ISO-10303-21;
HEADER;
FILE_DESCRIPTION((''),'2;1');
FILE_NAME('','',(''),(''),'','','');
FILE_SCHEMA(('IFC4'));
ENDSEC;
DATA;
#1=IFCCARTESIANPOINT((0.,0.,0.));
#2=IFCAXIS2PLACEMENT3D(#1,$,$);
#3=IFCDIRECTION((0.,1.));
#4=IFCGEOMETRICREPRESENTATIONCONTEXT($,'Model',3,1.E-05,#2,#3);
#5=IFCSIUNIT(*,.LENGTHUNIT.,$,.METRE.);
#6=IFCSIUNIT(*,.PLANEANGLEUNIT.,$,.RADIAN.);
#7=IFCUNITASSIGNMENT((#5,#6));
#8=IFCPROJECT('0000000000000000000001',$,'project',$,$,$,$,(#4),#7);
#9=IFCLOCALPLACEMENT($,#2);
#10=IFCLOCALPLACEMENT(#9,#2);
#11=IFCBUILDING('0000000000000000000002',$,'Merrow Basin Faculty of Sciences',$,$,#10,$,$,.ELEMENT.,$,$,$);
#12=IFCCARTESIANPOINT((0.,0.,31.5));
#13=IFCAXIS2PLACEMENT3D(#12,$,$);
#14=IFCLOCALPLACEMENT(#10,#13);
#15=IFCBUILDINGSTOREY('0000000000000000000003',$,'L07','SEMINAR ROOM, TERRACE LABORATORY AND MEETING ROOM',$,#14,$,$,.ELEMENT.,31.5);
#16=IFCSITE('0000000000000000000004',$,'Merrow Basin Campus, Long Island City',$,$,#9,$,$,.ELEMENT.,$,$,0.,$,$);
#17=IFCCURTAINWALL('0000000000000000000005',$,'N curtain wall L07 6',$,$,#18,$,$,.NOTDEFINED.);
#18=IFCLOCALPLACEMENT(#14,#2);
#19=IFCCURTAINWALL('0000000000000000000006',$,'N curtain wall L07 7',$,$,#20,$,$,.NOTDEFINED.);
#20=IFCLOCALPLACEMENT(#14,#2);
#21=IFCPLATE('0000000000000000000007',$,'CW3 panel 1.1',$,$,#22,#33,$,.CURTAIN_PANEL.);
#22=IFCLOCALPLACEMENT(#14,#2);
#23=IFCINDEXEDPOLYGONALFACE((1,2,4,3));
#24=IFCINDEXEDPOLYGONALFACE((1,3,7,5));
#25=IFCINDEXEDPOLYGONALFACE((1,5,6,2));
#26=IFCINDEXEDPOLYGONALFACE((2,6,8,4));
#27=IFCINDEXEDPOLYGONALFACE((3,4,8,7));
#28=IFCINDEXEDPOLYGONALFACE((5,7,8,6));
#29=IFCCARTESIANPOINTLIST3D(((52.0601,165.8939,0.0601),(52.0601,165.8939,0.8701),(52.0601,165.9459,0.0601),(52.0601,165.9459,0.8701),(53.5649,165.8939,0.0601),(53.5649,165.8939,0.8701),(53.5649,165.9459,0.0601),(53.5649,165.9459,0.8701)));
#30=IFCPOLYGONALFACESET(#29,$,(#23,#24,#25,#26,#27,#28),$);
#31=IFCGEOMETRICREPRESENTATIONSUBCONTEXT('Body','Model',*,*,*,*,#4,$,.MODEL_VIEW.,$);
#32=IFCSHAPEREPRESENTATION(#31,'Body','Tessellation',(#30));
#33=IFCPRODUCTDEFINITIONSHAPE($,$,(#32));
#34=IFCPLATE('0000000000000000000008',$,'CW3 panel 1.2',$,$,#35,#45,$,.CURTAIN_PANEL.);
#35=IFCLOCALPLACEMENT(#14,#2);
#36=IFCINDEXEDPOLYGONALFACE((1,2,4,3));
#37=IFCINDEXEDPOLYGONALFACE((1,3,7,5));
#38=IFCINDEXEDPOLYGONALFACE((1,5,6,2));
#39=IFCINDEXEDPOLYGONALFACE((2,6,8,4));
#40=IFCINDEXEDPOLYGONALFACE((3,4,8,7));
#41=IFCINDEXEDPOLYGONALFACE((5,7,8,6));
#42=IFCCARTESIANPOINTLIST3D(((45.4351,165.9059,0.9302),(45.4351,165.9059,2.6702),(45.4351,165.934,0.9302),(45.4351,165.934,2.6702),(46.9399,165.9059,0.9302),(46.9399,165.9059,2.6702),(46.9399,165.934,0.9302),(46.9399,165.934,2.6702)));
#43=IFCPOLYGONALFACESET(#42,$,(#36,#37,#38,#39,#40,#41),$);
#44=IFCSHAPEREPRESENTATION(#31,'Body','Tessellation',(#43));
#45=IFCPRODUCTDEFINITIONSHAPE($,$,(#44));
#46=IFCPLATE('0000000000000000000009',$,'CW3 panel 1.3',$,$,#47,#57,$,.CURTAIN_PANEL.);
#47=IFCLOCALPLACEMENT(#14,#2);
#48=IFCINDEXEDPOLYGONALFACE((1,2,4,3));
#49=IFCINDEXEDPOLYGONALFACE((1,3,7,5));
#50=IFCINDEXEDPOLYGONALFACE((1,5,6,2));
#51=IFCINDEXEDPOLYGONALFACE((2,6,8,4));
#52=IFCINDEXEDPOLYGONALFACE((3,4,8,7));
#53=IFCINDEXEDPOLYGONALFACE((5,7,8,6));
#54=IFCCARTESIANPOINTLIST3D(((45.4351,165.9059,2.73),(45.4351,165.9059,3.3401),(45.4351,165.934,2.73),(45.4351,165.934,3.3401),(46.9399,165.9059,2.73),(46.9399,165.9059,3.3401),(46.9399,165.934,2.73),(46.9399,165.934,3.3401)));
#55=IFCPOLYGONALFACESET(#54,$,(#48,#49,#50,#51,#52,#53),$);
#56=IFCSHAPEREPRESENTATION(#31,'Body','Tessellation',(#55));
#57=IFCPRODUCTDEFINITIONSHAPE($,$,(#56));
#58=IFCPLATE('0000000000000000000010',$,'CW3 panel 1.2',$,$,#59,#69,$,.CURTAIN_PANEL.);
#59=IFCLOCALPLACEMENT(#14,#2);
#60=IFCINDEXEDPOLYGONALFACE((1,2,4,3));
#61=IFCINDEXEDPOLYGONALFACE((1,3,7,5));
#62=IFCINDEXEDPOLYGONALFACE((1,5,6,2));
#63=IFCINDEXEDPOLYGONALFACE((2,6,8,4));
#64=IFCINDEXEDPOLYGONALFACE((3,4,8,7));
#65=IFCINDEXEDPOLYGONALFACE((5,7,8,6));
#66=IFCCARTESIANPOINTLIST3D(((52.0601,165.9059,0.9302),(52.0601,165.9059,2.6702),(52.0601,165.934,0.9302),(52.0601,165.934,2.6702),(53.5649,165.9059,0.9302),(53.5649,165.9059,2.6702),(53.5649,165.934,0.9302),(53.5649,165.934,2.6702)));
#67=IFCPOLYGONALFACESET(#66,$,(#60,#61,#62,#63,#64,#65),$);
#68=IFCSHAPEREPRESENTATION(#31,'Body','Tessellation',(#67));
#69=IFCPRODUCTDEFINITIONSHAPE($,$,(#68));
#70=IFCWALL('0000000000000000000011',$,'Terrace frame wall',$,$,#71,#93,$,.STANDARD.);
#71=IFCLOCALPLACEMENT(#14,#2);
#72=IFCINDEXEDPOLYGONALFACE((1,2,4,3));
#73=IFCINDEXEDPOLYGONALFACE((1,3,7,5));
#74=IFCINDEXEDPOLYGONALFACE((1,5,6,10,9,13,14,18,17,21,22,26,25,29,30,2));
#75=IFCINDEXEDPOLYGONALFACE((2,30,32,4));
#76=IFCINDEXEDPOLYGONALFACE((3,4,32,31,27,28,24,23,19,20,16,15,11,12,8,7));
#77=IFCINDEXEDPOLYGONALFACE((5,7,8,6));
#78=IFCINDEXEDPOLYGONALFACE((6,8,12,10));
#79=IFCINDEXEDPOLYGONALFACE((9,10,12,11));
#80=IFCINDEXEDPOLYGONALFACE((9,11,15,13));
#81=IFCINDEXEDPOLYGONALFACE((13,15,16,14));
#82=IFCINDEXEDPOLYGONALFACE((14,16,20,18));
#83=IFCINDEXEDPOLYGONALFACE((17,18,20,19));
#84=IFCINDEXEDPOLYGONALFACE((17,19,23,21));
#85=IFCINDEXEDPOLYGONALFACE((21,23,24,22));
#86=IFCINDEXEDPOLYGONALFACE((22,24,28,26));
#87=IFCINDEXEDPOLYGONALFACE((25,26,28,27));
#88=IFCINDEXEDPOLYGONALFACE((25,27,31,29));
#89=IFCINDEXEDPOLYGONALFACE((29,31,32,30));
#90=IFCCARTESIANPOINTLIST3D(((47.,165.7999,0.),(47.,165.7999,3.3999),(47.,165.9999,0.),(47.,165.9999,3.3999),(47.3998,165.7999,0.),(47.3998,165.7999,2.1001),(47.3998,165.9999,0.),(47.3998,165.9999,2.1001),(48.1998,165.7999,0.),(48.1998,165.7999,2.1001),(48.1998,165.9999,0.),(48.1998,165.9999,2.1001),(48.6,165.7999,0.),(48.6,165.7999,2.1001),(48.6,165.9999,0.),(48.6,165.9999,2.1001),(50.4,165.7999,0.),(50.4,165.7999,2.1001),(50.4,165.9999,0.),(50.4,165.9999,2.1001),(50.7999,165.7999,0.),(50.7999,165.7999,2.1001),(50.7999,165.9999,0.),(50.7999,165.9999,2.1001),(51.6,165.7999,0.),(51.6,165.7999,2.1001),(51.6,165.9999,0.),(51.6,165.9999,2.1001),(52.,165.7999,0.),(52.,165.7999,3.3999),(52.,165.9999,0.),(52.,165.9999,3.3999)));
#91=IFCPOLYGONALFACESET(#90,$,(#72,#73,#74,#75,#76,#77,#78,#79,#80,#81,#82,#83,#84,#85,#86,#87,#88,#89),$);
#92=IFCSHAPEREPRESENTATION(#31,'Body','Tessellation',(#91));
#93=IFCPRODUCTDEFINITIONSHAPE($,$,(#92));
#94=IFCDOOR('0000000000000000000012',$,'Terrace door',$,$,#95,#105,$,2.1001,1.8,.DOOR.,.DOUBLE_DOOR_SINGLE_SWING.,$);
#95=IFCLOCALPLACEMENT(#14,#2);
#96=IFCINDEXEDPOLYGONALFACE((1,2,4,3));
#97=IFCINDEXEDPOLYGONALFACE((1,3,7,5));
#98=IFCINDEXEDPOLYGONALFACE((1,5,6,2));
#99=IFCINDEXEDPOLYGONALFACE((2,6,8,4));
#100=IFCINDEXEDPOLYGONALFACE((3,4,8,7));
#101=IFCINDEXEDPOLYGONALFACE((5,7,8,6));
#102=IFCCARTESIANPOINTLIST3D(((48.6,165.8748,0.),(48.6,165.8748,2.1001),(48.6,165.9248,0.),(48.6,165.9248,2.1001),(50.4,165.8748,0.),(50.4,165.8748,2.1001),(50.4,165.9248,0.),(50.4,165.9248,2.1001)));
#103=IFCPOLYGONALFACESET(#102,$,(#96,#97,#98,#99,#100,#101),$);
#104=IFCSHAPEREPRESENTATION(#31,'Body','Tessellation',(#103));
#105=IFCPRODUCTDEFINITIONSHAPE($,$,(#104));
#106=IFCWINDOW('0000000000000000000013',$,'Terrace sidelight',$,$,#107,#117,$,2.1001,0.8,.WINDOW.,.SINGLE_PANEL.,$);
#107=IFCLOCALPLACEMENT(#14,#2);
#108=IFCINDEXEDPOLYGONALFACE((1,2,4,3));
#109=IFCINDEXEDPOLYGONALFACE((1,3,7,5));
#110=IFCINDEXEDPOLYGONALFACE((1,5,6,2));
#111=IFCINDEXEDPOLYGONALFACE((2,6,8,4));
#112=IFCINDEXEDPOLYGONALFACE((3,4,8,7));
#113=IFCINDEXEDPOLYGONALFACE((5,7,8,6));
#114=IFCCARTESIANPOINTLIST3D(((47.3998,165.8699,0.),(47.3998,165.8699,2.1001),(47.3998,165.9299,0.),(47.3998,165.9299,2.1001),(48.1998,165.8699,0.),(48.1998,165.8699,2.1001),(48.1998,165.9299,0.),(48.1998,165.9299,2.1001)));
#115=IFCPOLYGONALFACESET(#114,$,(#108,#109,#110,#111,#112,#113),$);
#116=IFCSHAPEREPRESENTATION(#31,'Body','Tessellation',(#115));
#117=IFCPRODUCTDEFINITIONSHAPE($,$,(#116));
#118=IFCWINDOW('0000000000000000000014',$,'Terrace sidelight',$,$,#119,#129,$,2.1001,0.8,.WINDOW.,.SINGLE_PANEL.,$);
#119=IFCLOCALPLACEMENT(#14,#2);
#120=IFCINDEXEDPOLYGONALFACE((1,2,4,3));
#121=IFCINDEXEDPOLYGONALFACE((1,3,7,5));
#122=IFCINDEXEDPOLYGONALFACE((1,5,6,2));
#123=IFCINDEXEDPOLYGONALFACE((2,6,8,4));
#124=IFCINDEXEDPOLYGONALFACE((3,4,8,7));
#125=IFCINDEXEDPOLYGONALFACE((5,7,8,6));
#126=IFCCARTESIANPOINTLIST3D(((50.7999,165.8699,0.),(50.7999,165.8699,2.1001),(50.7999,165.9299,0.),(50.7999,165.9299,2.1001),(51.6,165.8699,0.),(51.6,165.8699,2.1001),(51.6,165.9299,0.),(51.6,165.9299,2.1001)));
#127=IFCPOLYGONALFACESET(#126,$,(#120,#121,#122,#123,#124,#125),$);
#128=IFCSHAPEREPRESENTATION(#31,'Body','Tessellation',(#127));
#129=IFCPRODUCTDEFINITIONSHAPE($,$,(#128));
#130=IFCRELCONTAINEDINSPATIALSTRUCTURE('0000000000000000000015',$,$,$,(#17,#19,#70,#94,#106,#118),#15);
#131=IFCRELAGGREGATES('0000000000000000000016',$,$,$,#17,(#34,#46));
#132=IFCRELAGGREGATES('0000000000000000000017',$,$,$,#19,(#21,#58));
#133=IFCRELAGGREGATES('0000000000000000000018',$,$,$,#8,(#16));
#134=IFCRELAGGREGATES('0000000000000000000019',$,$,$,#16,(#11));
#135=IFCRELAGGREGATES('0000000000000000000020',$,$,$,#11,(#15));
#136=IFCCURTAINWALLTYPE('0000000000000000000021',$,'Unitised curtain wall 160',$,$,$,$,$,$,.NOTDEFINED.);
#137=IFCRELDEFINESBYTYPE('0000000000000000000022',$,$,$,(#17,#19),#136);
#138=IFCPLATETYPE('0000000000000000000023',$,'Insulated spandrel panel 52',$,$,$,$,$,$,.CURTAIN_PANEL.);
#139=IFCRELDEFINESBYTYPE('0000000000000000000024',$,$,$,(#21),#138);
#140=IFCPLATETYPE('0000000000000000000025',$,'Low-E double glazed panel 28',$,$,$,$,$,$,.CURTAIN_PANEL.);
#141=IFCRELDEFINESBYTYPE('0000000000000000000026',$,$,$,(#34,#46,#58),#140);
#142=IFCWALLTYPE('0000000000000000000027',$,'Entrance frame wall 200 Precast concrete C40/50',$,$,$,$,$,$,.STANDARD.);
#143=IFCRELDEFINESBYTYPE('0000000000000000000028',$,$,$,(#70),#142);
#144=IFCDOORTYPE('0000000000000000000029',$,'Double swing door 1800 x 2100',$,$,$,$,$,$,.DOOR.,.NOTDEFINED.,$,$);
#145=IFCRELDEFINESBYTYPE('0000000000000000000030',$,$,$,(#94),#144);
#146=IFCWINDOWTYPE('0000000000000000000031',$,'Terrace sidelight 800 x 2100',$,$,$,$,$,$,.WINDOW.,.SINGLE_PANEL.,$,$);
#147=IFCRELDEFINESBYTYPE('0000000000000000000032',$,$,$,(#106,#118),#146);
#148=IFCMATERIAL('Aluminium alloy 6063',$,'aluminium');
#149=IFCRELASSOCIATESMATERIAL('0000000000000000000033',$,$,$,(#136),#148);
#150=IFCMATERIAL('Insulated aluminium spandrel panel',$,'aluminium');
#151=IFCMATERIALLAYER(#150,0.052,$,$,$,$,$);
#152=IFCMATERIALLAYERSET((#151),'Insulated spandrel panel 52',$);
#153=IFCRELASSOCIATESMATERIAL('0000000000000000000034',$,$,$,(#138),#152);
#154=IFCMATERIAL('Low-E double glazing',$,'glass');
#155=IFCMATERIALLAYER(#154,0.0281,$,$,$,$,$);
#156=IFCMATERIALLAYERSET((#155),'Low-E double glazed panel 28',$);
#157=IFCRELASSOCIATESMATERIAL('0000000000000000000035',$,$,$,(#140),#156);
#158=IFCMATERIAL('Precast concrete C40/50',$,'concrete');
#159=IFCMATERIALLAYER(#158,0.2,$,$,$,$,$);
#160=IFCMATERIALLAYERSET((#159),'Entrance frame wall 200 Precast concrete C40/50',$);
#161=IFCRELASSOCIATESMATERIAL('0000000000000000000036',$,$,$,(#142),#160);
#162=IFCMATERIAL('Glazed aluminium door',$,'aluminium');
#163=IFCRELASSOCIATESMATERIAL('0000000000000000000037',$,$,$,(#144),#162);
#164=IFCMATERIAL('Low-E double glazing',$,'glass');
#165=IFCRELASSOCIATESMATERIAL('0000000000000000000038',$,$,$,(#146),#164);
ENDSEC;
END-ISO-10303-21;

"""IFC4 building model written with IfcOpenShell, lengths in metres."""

from ifc_helpers import new_model, si_unit, direction, frame, frame_2d, origin, origin_2d, place, context, subcontext, project, spatial, rectangle, extrude, material, layer, layer_set, type_object, element, fill, aggregate, save


model = new_model("IFC4")

# Units and contexts
model_context = context("Model", 3, precision=1e-05, world=origin(), true_north=direction((0.0, 1.0)))
body_context = subcontext(model_context, "Body", "Model", "MODEL_VIEW")
ifc_project = project(units=[si_unit("LENGTHUNIT", "METRE"), si_unit("PLANEANGLEUNIT", "RADIAN")], contexts=[model_context])

# Site, building, storey
site_placement = place(None, origin())
site = spatial("IfcSite", under=ifc_project, at=site_placement, Name="Merrow Basin Campus, Long Island City", CompositionType="ELEMENT", RefElevation=0.0)
building_placement = place(site_placement, origin())
building = spatial("IfcBuilding", under=site, at=building_placement, Name="Merrow Basin Faculty of Sciences", CompositionType="ELEMENT")
storey_placement = place(building_placement, frame((0.0, 0.0, 31.5)))
storey = spatial("IfcBuildingStorey", under=building, at=storey_placement, Name="L07", Description="SEMINAR ROOM, TERRACE LABORATORY AND MEETING ROOM", CompositionType="ELEMENT", Elevation=31.5)

# Curtain wall
ifc_material_1 = material(Name="Aluminium alloy 6063", Category="aluminium")
curtain_wall_type = type_object("IfcCurtainWallType", Name="Unitised curtain wall 160", PredefinedType="NOTDEFINED", material=ifc_material_1)
curtain_wall_1_placement = place(storey_placement, origin())
curtain_wall_1 = element("IfcCurtainWall", 1, at=curtain_wall_1_placement, inside=storey, type_object=curtain_wall_type, Name="N curtain wall L07 6", PredefinedType="NOTDEFINED")

# Curtain wall
curtain_wall_2_placement = place(storey_placement, origin())
curtain_wall_2 = element("IfcCurtainWall", 2, at=curtain_wall_2_placement, inside=storey, type_object=curtain_wall_type, Name="N curtain wall L07 7", PredefinedType="NOTDEFINED")

# Plates
ifc_material_2 = material(Name="Insulated aluminium spandrel panel", Category="aluminium")
ifc_layer_1 = layer(ifc_material_2, 0.052)
ifc_layer_set_1 = layer_set([ifc_layer_1], Name="Insulated spandrel panel 52")
plate_type_1 = type_object("IfcPlateType", Name="Insulated spandrel panel 52", PredefinedType="CURTAIN_PANEL", material=ifc_layer_set_1)
plate_1_placement = place(storey_placement, frame((52.8125, 165.9199, 0.0601), z_axis=(0.0, 0.0, 1.0), x_axis=(1.0, 0.0, 0.0)))
plate_1 = element("IfcPlate", 3, at=plate_1_placement, type_object=plate_type_1, Name="CW3 panel 1.1", PredefinedType="CURTAIN_PANEL", context=body_context, shape_type="SweptSolid", body=[
    extrude(rectangle(XDim=1.5049, YDim=0.052, at=origin_2d()), origin(), (0.0, 0.0, 1.0), 0.8101),
])
ifc_material_3 = material(Name="Low-E double glazing", Category="glass")
ifc_layer_2 = layer(ifc_material_3, 0.0281)
ifc_layer_set_2 = layer_set([ifc_layer_2], Name="Low-E double glazed panel 28")
plate_type_2 = type_object("IfcPlateType", Name="Low-E double glazed panel 28", PredefinedType="CURTAIN_PANEL", material=ifc_layer_set_2)
plate_2_placement = place(storey_placement, frame((46.1875, 165.9199, 0.9302), z_axis=(0.0, 0.0, 1.0), x_axis=(1.0, 0.0, 0.0)))
plate_2 = element("IfcPlate", 4, at=plate_2_placement, type_object=plate_type_2, Name="CW3 panel 1.2", PredefinedType="CURTAIN_PANEL", context=body_context, shape_type="SweptSolid", body=[
    extrude(rectangle(XDim=1.5049, YDim=0.0281, at=origin_2d()), origin(), (0.0, 0.0, 1.0), 1.74),
])
plate_3_placement = place(storey_placement, frame((46.1875, 165.9199, 2.73), z_axis=(0.0, 0.0, 1.0), x_axis=(1.0, 0.0, 0.0)))
plate_3 = element("IfcPlate", 5, at=plate_3_placement, type_object=plate_type_2, Name="CW3 panel 1.3", PredefinedType="CURTAIN_PANEL", context=body_context, shape_type="SweptSolid", body=[
    extrude(rectangle(XDim=1.5049, YDim=0.0281, at=origin_2d()), origin(), (0.0, 0.0, 1.0), 0.6101),
])
aggregate(curtain_wall_1, [plate_2, plate_3])
plate_4_placement = place(storey_placement, frame((52.8125, 165.9199, 0.9302), z_axis=(0.0, 0.0, 1.0), x_axis=(1.0, 0.0, 0.0)))
plate_4 = element("IfcPlate", 6, at=plate_4_placement, type_object=plate_type_2, Name="CW3 panel 1.2", PredefinedType="CURTAIN_PANEL", context=body_context, shape_type="SweptSolid", body=[
    extrude(rectangle(XDim=1.5049, YDim=0.0281, at=origin_2d()), origin(), (0.0, 0.0, 1.0), 1.74),
])
aggregate(curtain_wall_2, [plate_1, plate_4])

# Wall, openings, door, windows
ifc_material_4 = material(Name="Precast concrete C40/50", Category="concrete")
ifc_layer_3 = layer(ifc_material_4, 0.2)
ifc_layer_set_3 = layer_set([ifc_layer_3], Name="Entrance frame wall 200 Precast concrete C40/50")
wall_type = type_object("IfcWallType", Name="Entrance frame wall 200 Precast concrete C40/50", PredefinedType="STANDARD", material=ifc_layer_set_3)
wall_placement = place(storey_placement, frame((47.0, 165.8999, 0.0), z_axis=(0.0, 0.0, 1.0), x_axis=(1.0, 0.0, 0.0)))
wall = element("IfcWall", 7, at=wall_placement, inside=storey, type_object=wall_type, Name="Terrace frame wall", PredefinedType="STANDARD", context=body_context, shape_type="SweptSolid", body=[
    extrude(rectangle(XDim=5.0, YDim=0.2, at=frame_2d((2.5, 0.0))), origin(), (0.0, 0.0, 1.0), 3.3999),
])
opening_1_placement = place(wall_placement, frame((1.6001, 0.0, 0.0)))
opening_1 = element("IfcOpeningElement", 8, at=opening_1_placement, cuts=wall, PredefinedType="OPENING", context=body_context, shape_type="SweptSolid", body=[
    extrude(rectangle(XDim=1.8, YDim=2.1001, at=frame_2d((0.8999, 1.05))), frame((0.0, 0.1099, 0.0), z_axis=(0.0, -1.0, 0.0), x_axis=(1.0, 0.0, 0.0)), (0.0, 0.0, 1.0), 0.22),
])
opening_2_placement = place(wall_placement, frame((0.3999, 0.0, 0.0)))
opening_2 = element("IfcOpeningElement", 9, at=opening_2_placement, cuts=wall, PredefinedType="OPENING", context=body_context, shape_type="SweptSolid", body=[
    extrude(rectangle(XDim=0.8, YDim=2.1001, at=frame_2d((0.3999, 1.05))), frame((0.0, 0.1099, 0.0), z_axis=(0.0, -1.0, 0.0), x_axis=(1.0, 0.0, 0.0)), (0.0, 0.0, 1.0), 0.22),
])
opening_3_placement = place(wall_placement, frame((3.8, 0.0, 0.0)))
opening_3 = element("IfcOpeningElement", 10, at=opening_3_placement, cuts=wall, PredefinedType="OPENING", context=body_context, shape_type="SweptSolid", body=[
    extrude(rectangle(XDim=0.8, YDim=2.1001, at=frame_2d((0.3999, 1.05))), frame((0.0, 0.1099, 0.0), z_axis=(0.0, -1.0, 0.0), x_axis=(1.0, 0.0, 0.0)), (0.0, 0.0, 1.0), 0.22),
])
ifc_material_5 = material(Name="Glazed aluminium door", Category="aluminium")
door_type = type_object("IfcDoorType", Name="Double swing door 1800 x 2100", OperationType="NOTDEFINED", PredefinedType="DOOR", material=ifc_material_5)
door_placement = place(opening_1_placement, origin())
door = element("IfcDoor", 11, at=door_placement, inside=storey, type_object=door_type, Name="Terrace door", OperationType="DOUBLE_DOOR_SINGLE_SWING", OverallHeight=2.1001, OverallWidth=1.8, PredefinedType="DOOR", context=body_context, shape_type="SweptSolid", body=[
    extrude(rectangle(XDim=1.8, YDim=2.1001, at=frame_2d((0.8999, 1.05))), frame((0.0, 0.0249, 0.0), z_axis=(0.0, -1.0, 0.0), x_axis=(1.0, 0.0, 0.0)), (0.0, 0.0, 1.0), 0.05),
])
fill(opening_1, door)
ifc_material_6 = material(Name="Low-E double glazing", Category="glass")
window_type = type_object("IfcWindowType", Name="Terrace sidelight 800 x 2100", PartitioningType="SINGLE_PANEL", PredefinedType="WINDOW", material=ifc_material_6)
window_1_placement = place(opening_2_placement, origin())
window_1 = element("IfcWindow", 12, at=window_1_placement, inside=storey, type_object=window_type, Name="Terrace sidelight", OverallHeight=2.1001, OverallWidth=0.8, PartitioningType="SINGLE_PANEL", PredefinedType="WINDOW", context=body_context, shape_type="SweptSolid", body=[
    extrude(rectangle(XDim=0.8, YDim=2.1001, at=frame_2d((0.3999, 1.05))), frame((0.0, 0.03, 0.0), z_axis=(0.0, -1.0, 0.0), x_axis=(1.0, 0.0, 0.0)), (0.0, 0.0, 1.0), 0.0601),
])
fill(opening_2, window_1)
window_2_placement = place(opening_3_placement, origin())
window_2 = element("IfcWindow", 13, at=window_2_placement, inside=storey, type_object=window_type, Name="Terrace sidelight", OverallHeight=2.1001, OverallWidth=0.8, PartitioningType="SINGLE_PANEL", PredefinedType="WINDOW", context=body_context, shape_type="SweptSolid", body=[
    extrude(rectangle(XDim=0.8, YDim=2.1001, at=frame_2d((0.3999, 1.05))), frame((0.0, 0.03, 0.0), z_axis=(0.0, -1.0, 0.0), x_axis=(1.0, 0.0, 0.0)), (0.0, 0.0, 1.0), 0.0601),
])
fill(opening_3, window_2)

save(model, "model.ifc")
